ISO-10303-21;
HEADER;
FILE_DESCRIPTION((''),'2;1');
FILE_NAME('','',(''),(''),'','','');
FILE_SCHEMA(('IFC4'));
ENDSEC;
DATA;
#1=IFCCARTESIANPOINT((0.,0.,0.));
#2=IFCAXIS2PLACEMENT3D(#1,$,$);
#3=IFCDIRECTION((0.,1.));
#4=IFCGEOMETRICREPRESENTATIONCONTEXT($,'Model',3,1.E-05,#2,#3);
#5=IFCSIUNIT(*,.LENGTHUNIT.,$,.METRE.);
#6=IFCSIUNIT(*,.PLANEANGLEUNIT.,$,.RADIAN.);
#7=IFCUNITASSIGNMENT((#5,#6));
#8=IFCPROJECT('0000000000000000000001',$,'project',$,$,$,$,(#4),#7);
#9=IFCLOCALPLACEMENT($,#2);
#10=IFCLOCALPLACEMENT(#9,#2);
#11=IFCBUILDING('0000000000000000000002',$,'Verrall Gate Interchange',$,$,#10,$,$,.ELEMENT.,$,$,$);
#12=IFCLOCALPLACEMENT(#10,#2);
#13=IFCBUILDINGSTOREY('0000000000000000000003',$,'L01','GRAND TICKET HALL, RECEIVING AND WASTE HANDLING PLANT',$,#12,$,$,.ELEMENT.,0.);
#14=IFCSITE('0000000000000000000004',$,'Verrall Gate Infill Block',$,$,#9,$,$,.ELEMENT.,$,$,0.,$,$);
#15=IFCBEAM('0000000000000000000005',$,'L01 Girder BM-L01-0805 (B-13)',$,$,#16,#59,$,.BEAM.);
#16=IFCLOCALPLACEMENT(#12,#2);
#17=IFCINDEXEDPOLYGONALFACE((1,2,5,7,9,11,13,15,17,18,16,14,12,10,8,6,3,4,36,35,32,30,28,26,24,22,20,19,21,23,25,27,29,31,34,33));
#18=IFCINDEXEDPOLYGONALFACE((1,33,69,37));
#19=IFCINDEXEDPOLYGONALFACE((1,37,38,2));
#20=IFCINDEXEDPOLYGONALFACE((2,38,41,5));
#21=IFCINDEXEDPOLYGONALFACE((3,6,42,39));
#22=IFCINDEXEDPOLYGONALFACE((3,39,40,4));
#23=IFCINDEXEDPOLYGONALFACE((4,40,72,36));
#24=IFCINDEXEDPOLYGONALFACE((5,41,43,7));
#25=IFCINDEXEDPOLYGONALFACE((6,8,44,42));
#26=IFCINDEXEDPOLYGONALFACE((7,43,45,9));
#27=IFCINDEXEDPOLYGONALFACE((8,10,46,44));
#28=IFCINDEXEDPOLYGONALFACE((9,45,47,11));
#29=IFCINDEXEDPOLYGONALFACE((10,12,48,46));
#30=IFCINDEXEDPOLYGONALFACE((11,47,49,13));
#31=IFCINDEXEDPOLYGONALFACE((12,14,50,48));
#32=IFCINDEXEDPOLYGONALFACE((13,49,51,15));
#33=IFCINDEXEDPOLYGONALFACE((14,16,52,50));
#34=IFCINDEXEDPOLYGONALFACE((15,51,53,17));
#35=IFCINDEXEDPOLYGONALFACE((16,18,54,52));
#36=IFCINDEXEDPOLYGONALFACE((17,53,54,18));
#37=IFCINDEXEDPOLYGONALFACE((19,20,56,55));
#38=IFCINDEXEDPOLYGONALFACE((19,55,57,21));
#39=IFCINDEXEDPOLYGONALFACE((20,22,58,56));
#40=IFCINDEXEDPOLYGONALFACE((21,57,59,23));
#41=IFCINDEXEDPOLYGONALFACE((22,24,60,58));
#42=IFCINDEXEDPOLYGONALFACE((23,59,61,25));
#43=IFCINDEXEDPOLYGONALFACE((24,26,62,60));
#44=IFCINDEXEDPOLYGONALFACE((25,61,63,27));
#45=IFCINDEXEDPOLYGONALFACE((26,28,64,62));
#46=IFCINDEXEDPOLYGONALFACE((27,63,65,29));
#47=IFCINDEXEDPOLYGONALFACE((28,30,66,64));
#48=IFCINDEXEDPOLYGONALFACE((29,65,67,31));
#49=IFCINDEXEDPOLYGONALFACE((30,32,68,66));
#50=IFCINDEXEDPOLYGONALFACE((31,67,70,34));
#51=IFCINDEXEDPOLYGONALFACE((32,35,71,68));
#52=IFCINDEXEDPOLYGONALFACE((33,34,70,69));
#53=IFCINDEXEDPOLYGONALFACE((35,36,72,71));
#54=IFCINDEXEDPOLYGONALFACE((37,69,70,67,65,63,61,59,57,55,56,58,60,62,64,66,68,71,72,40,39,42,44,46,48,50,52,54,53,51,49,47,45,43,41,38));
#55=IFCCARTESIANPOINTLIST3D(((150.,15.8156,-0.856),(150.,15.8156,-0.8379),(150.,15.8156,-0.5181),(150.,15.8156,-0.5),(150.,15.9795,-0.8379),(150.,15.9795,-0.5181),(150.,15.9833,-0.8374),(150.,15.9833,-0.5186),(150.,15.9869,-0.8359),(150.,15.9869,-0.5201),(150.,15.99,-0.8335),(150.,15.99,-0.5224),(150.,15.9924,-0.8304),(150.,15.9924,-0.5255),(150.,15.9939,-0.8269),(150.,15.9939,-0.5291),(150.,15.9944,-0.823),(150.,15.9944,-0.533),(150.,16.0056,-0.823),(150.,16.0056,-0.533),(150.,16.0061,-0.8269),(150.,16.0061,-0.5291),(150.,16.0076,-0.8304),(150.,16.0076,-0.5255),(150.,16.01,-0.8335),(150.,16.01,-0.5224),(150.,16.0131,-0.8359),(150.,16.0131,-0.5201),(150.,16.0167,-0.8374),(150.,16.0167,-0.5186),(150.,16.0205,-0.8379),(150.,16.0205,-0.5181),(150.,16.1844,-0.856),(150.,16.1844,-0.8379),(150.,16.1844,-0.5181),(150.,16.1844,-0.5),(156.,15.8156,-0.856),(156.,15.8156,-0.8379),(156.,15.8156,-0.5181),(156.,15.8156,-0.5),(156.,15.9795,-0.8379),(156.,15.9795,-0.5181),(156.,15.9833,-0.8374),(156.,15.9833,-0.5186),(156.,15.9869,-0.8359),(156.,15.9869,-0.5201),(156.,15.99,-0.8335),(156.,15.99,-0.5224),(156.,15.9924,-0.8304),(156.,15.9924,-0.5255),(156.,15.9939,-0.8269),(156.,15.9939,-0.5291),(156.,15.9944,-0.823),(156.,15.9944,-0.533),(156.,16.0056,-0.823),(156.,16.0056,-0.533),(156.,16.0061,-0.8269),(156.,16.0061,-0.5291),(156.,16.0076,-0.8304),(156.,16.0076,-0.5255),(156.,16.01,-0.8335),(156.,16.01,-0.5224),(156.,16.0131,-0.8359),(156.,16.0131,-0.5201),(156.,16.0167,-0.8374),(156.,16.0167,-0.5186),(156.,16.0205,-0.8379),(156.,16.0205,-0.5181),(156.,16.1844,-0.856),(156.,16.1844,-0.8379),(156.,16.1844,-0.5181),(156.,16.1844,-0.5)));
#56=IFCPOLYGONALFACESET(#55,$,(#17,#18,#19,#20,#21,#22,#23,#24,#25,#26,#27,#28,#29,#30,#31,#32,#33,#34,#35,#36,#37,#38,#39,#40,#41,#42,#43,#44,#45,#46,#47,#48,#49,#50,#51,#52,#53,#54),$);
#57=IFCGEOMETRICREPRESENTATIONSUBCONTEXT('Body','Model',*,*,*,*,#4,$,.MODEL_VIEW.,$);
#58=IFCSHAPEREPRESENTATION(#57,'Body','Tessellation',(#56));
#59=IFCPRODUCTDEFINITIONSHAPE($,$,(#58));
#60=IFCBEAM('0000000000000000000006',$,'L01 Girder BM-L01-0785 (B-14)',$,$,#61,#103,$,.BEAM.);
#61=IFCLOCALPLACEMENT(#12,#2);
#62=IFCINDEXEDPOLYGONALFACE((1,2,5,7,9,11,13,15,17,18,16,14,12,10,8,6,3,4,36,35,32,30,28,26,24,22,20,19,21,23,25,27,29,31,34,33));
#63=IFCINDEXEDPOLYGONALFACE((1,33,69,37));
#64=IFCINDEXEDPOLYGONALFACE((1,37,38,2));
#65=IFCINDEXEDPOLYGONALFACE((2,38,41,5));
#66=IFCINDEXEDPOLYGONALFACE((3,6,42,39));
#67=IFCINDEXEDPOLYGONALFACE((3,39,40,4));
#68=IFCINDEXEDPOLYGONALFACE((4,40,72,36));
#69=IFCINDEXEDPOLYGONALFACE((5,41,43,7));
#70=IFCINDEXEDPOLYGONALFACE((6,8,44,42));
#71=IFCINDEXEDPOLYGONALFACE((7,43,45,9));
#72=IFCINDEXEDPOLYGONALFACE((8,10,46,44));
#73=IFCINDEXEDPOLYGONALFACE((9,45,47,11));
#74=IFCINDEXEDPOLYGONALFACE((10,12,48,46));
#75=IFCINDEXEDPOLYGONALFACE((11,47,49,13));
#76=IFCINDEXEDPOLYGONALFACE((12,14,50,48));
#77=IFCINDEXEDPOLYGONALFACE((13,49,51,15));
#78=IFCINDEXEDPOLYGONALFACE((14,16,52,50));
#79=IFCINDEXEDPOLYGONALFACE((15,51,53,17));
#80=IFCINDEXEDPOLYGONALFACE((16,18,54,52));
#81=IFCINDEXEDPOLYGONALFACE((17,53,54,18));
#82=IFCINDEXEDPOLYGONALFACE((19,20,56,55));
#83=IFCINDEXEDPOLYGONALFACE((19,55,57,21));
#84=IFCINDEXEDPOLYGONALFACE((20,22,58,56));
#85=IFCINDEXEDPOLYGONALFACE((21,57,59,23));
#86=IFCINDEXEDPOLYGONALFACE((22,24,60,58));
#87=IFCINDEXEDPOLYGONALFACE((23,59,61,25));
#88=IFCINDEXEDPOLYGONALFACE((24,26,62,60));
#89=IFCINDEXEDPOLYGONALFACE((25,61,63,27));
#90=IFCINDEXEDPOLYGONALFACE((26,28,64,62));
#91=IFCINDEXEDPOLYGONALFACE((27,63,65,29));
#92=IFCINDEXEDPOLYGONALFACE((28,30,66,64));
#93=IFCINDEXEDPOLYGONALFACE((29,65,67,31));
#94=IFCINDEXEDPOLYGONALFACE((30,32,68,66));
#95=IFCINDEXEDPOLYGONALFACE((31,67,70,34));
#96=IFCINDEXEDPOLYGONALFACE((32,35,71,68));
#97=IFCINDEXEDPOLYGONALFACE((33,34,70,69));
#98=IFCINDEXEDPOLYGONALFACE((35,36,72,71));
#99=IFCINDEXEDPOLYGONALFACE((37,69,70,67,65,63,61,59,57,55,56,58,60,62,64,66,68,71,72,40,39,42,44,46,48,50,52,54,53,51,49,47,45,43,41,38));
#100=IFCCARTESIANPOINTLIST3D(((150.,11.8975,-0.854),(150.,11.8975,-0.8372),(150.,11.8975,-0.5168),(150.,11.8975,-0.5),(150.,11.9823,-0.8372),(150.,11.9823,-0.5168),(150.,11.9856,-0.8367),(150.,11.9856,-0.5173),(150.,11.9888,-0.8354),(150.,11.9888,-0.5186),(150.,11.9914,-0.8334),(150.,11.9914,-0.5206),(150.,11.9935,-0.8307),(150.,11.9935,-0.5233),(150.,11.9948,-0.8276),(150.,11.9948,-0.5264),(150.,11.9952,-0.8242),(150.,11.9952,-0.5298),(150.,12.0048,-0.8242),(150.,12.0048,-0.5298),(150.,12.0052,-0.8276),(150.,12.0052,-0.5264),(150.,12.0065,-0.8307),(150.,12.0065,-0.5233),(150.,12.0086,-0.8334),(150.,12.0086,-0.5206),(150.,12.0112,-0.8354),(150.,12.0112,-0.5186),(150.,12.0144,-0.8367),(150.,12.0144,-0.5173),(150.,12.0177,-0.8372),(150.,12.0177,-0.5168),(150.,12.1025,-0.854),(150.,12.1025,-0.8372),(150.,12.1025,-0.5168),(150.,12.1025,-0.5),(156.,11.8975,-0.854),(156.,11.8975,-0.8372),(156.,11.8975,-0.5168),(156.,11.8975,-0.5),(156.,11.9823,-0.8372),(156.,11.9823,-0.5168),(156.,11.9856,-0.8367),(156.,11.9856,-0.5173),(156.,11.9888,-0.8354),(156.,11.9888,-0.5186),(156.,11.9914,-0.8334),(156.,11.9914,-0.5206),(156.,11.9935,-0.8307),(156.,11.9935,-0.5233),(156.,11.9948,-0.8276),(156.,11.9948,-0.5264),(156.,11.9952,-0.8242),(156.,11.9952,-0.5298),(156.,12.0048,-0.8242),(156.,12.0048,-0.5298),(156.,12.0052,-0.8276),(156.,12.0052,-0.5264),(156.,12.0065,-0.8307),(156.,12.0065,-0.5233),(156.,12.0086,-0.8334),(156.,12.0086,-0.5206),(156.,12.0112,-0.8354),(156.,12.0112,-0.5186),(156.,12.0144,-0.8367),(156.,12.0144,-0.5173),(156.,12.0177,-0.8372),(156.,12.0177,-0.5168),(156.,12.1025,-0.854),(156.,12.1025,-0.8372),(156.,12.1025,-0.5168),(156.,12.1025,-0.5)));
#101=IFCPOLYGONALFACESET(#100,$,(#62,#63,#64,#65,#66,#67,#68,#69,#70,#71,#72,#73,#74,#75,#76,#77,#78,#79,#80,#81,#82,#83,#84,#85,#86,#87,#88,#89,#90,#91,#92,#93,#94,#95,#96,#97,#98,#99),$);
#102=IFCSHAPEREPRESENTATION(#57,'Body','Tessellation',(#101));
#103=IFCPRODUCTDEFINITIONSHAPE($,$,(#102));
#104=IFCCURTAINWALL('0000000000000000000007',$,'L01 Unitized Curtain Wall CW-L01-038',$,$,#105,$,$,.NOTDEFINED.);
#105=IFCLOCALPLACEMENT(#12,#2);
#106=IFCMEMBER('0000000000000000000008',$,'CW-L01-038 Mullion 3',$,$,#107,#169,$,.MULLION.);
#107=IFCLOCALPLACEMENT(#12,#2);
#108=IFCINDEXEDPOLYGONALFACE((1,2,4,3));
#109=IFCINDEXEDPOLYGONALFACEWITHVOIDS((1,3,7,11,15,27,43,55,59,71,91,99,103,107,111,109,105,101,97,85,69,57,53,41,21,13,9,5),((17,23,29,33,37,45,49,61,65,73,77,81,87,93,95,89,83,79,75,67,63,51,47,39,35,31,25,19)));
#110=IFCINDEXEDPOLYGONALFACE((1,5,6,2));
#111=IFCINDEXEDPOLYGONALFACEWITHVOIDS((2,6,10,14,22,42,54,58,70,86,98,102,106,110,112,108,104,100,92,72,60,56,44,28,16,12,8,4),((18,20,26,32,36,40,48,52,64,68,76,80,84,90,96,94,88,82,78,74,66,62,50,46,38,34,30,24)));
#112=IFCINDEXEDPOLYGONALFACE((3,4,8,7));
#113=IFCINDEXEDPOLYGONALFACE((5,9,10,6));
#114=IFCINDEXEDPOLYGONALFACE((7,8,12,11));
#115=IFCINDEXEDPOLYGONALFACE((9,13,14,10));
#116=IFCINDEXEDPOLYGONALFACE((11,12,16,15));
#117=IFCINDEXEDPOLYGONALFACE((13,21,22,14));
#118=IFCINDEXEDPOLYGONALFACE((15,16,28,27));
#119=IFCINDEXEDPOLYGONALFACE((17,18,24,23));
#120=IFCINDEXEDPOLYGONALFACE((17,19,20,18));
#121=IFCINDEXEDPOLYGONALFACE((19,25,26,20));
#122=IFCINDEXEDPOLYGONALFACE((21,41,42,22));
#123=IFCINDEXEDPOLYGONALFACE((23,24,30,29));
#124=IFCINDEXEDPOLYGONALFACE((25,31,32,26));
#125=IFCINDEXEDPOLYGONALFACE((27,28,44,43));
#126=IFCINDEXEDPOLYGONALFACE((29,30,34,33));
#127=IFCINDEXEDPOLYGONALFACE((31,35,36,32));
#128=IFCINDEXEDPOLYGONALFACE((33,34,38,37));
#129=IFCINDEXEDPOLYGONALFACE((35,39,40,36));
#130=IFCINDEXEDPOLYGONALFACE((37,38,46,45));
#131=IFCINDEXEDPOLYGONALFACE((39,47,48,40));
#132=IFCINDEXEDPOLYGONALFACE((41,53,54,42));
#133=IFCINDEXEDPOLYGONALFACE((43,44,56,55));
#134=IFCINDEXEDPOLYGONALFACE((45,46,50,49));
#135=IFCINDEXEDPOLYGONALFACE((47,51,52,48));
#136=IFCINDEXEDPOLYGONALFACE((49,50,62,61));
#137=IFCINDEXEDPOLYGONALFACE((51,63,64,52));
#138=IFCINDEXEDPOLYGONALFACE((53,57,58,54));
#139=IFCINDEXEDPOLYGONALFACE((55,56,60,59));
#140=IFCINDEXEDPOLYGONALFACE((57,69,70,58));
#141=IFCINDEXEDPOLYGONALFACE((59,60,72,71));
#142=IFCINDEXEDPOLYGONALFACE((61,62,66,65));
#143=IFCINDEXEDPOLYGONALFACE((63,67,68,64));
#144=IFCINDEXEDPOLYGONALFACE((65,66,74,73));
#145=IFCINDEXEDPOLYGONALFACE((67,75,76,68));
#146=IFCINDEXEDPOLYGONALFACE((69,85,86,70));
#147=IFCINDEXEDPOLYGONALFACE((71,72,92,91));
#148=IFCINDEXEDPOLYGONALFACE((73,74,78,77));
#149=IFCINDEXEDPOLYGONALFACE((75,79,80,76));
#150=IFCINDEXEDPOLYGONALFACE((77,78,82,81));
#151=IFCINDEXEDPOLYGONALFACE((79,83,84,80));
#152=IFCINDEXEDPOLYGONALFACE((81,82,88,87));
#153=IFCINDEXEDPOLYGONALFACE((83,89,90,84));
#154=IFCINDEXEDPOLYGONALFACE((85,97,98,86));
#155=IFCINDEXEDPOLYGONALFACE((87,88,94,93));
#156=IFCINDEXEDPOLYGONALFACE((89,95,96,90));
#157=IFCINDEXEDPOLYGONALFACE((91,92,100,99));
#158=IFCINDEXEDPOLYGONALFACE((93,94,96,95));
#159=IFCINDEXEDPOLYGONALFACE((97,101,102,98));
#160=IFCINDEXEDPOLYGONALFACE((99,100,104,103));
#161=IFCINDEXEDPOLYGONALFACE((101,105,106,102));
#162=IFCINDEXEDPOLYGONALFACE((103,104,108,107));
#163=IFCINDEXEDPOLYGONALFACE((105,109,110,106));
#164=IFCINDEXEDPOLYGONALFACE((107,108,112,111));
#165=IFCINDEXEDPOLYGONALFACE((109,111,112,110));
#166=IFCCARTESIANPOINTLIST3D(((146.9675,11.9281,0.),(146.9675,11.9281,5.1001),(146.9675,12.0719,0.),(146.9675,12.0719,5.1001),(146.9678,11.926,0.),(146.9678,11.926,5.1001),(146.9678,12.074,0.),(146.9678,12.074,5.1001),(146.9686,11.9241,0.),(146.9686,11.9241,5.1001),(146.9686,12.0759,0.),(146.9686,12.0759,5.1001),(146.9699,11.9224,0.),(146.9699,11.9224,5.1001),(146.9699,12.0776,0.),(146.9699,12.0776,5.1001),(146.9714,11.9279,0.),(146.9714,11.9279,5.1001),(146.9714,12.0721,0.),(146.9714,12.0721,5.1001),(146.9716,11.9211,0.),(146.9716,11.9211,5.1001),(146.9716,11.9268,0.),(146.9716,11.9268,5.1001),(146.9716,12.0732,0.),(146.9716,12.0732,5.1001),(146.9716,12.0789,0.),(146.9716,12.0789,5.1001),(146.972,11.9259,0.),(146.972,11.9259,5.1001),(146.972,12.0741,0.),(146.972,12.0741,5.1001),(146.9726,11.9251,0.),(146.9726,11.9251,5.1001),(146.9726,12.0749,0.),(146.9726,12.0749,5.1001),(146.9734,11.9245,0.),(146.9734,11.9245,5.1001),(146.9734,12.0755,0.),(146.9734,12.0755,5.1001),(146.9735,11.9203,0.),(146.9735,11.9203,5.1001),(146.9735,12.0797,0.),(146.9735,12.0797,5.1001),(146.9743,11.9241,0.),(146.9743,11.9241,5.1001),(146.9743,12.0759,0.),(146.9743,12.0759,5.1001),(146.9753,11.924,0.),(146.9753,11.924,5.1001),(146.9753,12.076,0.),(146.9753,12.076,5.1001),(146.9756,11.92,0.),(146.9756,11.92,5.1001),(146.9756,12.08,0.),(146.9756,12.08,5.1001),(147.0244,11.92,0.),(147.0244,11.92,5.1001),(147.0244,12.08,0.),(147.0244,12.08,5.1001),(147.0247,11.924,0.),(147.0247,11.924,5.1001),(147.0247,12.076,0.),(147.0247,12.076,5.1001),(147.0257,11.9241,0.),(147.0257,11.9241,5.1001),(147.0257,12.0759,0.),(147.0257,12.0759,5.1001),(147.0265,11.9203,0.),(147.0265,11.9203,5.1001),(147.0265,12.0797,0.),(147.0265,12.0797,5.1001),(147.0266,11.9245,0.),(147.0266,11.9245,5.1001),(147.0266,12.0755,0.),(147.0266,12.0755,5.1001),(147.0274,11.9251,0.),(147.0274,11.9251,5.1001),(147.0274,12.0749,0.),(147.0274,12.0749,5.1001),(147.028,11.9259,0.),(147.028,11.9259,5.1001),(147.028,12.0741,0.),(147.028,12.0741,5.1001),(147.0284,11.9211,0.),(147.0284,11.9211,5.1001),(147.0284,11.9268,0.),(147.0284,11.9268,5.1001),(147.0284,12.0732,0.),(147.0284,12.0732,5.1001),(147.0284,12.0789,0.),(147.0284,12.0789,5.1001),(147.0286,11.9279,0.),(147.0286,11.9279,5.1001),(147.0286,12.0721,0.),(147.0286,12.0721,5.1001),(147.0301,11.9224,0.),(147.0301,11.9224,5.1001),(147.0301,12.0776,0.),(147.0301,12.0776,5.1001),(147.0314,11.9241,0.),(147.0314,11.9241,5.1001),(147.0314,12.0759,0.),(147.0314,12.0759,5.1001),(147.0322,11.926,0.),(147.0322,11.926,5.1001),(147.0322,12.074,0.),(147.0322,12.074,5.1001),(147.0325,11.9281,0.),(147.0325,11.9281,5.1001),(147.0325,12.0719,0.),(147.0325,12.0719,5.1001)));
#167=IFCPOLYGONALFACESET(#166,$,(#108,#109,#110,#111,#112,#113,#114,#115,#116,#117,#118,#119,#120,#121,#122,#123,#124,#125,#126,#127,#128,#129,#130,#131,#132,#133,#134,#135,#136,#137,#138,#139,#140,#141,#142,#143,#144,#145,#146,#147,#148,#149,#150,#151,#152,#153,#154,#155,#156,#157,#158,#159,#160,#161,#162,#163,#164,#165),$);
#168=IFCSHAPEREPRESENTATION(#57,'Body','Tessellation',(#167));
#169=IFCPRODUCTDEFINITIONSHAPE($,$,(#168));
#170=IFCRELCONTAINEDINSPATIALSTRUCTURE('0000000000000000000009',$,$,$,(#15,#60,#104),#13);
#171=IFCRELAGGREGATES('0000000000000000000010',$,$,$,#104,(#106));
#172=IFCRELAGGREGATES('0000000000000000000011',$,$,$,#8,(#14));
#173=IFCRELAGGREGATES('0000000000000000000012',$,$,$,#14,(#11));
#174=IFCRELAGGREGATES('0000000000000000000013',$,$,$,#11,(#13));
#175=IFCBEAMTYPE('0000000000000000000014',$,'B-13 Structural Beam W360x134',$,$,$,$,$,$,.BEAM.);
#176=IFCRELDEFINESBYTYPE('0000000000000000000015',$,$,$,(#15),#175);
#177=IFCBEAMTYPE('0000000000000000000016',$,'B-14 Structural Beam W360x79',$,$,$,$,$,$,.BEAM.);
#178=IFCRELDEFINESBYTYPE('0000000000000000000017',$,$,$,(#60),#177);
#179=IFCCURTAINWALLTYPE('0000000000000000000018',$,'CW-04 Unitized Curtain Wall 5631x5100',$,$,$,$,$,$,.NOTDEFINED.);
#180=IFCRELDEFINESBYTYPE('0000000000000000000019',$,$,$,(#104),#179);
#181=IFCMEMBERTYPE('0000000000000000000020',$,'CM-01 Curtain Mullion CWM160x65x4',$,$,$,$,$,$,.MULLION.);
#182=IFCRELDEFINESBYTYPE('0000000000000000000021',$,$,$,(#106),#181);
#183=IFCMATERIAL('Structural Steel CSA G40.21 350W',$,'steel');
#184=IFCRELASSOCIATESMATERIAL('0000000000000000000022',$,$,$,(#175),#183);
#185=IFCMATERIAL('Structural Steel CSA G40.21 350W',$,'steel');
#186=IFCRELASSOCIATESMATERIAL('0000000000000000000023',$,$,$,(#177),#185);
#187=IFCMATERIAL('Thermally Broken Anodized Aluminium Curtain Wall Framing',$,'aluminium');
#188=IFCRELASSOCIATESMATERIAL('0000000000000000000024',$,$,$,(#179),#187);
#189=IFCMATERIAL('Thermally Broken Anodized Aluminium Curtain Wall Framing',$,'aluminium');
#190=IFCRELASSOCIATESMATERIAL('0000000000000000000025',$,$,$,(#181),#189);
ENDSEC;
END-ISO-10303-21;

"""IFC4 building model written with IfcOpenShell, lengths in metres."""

from ifc_helpers import new_model, si_unit, direction, frame, origin, origin_2d, place, context, subcontext, project, spatial, hollow_rectangle, i_section, extrude, material, material_profile, profile_set, type_object, element, aggregate, save


model = new_model("IFC4")

# Units and contexts
model_context = context("Model", 3, precision=1e-05, world=origin(), true_north=direction((0.0, 1.0)))
body_context = subcontext(model_context, "Body", "Model", "MODEL_VIEW")
ifc_project = project(units=[si_unit("LENGTHUNIT", "METRE"), si_unit("PLANEANGLEUNIT", "RADIAN")], contexts=[model_context])

# Site, building, storey
site_placement = place(None, origin())
site = spatial("IfcSite", under=ifc_project, at=site_placement, Name="Verrall Gate Infill Block", CompositionType="ELEMENT", RefElevation=0.0)
building_placement = place(site_placement, origin())
building = spatial("IfcBuilding", under=site, at=building_placement, Name="Verrall Gate Interchange", CompositionType="ELEMENT")
storey_placement = place(building_placement, origin())
storey = spatial("IfcBuildingStorey", under=building, at=storey_placement, Name="L01", Description="GRAND TICKET HALL, RECEIVING AND WASTE HANDLING PLANT", CompositionType="ELEMENT", Elevation=0.0)

# Beams
ifc_material_1 = material(Name="Structural Steel CSA G40.21 350W", Category="steel")
ifc_material_profile_1 = material_profile(ifc_material_1, i_section(OverallWidth=0.3689, OverallDepth=0.356, WebThickness=0.0112, FlangeThickness=0.0181, FilletRadius=0.0149, at=origin_2d()), Name="W360x134")
ifc_profile_set_1 = profile_set([ifc_material_profile_1], Name="Structural Steel CSA G40.21 350W")
beam_type_1 = type_object("IfcBeamType", Name="B-13 Structural Beam W360x134", PredefinedType="BEAM", material=ifc_profile_set_1)
beam_1_placement = place(storey_placement, frame((150.0, 16.0, -0.678), z_axis=(1.0, 0.0, 0.0), x_axis=(0.0, 1.0, 0.0)))
element("IfcBeam", 1, at=beam_1_placement, inside=storey, type_object=beam_type_1, Name="L01 Girder BM-L01-0805 (B-13)", PredefinedType="BEAM", context=body_context, shape_type="SweptSolid", body=[
    extrude(i_section(OverallWidth=0.3689, OverallDepth=0.356, WebThickness=0.0112, FlangeThickness=0.0181, FilletRadius=0.0149, at=origin_2d()), origin(), (0.0, 0.0, 1.0), 6.0),
])
ifc_material_2 = material(Name="Structural Steel CSA G40.21 350W", Category="steel")
ifc_material_profile_2 = material_profile(ifc_material_2, i_section(OverallWidth=0.2051, OverallDepth=0.354, WebThickness=0.0095, FlangeThickness=0.0168, FilletRadius=0.0129, at=origin_2d()), Name="W360x79")
ifc_profile_set_2 = profile_set([ifc_material_profile_2], Name="Structural Steel CSA G40.21 350W")
beam_type_2 = type_object("IfcBeamType", Name="B-14 Structural Beam W360x79", PredefinedType="BEAM", material=ifc_profile_set_2)
beam_2_placement = place(storey_placement, frame((150.0, 12.0, -0.677), z_axis=(1.0, 0.0, 0.0), x_axis=(0.0, 1.0, 0.0)))
element("IfcBeam", 2, at=beam_2_placement, inside=storey, type_object=beam_type_2, Name="L01 Girder BM-L01-0785 (B-14)", PredefinedType="BEAM", context=body_context, shape_type="SweptSolid", body=[
    extrude(i_section(OverallWidth=0.2051, OverallDepth=0.354, WebThickness=0.0095, FlangeThickness=0.0168, FilletRadius=0.0129, at=origin_2d()), origin(), (0.0, 0.0, 1.0), 6.0),
])

# Curtain wall, member
ifc_material_3 = material(Name="Thermally Broken Anodized Aluminium Curtain Wall Framing", Category="aluminium")
curtain_wall_type = type_object("IfcCurtainWallType", Name="CW-04 Unitized Curtain Wall 5631x5100", PredefinedType="NOTDEFINED", material=ifc_material_3)
curtain_wall_placement = place(storey_placement, origin())
curtain_wall = element("IfcCurtainWall", 3, at=curtain_wall_placement, inside=storey, type_object=curtain_wall_type, Name="L01 Unitized Curtain Wall CW-L01-038", PredefinedType="NOTDEFINED")
ifc_material_4 = material(Name="Thermally Broken Anodized Aluminium Curtain Wall Framing", Category="aluminium")
ifc_material_profile_3 = material_profile(ifc_material_4, hollow_rectangle(XDim=0.0649, YDim=0.1599, WallThickness=0.0039, InnerFilletRadius=0.0039, OuterFilletRadius=0.0081, at=origin_2d()), Name="CWM160x65x4")
ifc_profile_set_3 = profile_set([ifc_material_profile_3], Name="Thermally Broken Anodized Aluminium Curtain Wall Framing")
member_type = type_object("IfcMemberType", Name="CM-01 Curtain Mullion CWM160x65x4", PredefinedType="MULLION", material=ifc_profile_set_3)
member_1_placement = place(storey_placement, frame((147.0, 12.0, 0.0), z_axis=(0.0, 0.0, 1.0), x_axis=(1.0, 0.0, 0.0)))
member_1 = element("IfcMember", 4, at=member_1_placement, type_object=member_type, Name="CW-L01-038 Mullion 3", PredefinedType="MULLION", context=body_context, shape_type="SweptSolid", body=[
    extrude(hollow_rectangle(XDim=0.0649, YDim=0.1599, WallThickness=0.0039, InnerFilletRadius=0.0039, OuterFilletRadius=0.0081, at=origin_2d()), origin(), (0.0, 0.0, 1.0), 5.1001),
])

aggregate(curtain_wall, [member_1])

save(model, "model.ifc")
